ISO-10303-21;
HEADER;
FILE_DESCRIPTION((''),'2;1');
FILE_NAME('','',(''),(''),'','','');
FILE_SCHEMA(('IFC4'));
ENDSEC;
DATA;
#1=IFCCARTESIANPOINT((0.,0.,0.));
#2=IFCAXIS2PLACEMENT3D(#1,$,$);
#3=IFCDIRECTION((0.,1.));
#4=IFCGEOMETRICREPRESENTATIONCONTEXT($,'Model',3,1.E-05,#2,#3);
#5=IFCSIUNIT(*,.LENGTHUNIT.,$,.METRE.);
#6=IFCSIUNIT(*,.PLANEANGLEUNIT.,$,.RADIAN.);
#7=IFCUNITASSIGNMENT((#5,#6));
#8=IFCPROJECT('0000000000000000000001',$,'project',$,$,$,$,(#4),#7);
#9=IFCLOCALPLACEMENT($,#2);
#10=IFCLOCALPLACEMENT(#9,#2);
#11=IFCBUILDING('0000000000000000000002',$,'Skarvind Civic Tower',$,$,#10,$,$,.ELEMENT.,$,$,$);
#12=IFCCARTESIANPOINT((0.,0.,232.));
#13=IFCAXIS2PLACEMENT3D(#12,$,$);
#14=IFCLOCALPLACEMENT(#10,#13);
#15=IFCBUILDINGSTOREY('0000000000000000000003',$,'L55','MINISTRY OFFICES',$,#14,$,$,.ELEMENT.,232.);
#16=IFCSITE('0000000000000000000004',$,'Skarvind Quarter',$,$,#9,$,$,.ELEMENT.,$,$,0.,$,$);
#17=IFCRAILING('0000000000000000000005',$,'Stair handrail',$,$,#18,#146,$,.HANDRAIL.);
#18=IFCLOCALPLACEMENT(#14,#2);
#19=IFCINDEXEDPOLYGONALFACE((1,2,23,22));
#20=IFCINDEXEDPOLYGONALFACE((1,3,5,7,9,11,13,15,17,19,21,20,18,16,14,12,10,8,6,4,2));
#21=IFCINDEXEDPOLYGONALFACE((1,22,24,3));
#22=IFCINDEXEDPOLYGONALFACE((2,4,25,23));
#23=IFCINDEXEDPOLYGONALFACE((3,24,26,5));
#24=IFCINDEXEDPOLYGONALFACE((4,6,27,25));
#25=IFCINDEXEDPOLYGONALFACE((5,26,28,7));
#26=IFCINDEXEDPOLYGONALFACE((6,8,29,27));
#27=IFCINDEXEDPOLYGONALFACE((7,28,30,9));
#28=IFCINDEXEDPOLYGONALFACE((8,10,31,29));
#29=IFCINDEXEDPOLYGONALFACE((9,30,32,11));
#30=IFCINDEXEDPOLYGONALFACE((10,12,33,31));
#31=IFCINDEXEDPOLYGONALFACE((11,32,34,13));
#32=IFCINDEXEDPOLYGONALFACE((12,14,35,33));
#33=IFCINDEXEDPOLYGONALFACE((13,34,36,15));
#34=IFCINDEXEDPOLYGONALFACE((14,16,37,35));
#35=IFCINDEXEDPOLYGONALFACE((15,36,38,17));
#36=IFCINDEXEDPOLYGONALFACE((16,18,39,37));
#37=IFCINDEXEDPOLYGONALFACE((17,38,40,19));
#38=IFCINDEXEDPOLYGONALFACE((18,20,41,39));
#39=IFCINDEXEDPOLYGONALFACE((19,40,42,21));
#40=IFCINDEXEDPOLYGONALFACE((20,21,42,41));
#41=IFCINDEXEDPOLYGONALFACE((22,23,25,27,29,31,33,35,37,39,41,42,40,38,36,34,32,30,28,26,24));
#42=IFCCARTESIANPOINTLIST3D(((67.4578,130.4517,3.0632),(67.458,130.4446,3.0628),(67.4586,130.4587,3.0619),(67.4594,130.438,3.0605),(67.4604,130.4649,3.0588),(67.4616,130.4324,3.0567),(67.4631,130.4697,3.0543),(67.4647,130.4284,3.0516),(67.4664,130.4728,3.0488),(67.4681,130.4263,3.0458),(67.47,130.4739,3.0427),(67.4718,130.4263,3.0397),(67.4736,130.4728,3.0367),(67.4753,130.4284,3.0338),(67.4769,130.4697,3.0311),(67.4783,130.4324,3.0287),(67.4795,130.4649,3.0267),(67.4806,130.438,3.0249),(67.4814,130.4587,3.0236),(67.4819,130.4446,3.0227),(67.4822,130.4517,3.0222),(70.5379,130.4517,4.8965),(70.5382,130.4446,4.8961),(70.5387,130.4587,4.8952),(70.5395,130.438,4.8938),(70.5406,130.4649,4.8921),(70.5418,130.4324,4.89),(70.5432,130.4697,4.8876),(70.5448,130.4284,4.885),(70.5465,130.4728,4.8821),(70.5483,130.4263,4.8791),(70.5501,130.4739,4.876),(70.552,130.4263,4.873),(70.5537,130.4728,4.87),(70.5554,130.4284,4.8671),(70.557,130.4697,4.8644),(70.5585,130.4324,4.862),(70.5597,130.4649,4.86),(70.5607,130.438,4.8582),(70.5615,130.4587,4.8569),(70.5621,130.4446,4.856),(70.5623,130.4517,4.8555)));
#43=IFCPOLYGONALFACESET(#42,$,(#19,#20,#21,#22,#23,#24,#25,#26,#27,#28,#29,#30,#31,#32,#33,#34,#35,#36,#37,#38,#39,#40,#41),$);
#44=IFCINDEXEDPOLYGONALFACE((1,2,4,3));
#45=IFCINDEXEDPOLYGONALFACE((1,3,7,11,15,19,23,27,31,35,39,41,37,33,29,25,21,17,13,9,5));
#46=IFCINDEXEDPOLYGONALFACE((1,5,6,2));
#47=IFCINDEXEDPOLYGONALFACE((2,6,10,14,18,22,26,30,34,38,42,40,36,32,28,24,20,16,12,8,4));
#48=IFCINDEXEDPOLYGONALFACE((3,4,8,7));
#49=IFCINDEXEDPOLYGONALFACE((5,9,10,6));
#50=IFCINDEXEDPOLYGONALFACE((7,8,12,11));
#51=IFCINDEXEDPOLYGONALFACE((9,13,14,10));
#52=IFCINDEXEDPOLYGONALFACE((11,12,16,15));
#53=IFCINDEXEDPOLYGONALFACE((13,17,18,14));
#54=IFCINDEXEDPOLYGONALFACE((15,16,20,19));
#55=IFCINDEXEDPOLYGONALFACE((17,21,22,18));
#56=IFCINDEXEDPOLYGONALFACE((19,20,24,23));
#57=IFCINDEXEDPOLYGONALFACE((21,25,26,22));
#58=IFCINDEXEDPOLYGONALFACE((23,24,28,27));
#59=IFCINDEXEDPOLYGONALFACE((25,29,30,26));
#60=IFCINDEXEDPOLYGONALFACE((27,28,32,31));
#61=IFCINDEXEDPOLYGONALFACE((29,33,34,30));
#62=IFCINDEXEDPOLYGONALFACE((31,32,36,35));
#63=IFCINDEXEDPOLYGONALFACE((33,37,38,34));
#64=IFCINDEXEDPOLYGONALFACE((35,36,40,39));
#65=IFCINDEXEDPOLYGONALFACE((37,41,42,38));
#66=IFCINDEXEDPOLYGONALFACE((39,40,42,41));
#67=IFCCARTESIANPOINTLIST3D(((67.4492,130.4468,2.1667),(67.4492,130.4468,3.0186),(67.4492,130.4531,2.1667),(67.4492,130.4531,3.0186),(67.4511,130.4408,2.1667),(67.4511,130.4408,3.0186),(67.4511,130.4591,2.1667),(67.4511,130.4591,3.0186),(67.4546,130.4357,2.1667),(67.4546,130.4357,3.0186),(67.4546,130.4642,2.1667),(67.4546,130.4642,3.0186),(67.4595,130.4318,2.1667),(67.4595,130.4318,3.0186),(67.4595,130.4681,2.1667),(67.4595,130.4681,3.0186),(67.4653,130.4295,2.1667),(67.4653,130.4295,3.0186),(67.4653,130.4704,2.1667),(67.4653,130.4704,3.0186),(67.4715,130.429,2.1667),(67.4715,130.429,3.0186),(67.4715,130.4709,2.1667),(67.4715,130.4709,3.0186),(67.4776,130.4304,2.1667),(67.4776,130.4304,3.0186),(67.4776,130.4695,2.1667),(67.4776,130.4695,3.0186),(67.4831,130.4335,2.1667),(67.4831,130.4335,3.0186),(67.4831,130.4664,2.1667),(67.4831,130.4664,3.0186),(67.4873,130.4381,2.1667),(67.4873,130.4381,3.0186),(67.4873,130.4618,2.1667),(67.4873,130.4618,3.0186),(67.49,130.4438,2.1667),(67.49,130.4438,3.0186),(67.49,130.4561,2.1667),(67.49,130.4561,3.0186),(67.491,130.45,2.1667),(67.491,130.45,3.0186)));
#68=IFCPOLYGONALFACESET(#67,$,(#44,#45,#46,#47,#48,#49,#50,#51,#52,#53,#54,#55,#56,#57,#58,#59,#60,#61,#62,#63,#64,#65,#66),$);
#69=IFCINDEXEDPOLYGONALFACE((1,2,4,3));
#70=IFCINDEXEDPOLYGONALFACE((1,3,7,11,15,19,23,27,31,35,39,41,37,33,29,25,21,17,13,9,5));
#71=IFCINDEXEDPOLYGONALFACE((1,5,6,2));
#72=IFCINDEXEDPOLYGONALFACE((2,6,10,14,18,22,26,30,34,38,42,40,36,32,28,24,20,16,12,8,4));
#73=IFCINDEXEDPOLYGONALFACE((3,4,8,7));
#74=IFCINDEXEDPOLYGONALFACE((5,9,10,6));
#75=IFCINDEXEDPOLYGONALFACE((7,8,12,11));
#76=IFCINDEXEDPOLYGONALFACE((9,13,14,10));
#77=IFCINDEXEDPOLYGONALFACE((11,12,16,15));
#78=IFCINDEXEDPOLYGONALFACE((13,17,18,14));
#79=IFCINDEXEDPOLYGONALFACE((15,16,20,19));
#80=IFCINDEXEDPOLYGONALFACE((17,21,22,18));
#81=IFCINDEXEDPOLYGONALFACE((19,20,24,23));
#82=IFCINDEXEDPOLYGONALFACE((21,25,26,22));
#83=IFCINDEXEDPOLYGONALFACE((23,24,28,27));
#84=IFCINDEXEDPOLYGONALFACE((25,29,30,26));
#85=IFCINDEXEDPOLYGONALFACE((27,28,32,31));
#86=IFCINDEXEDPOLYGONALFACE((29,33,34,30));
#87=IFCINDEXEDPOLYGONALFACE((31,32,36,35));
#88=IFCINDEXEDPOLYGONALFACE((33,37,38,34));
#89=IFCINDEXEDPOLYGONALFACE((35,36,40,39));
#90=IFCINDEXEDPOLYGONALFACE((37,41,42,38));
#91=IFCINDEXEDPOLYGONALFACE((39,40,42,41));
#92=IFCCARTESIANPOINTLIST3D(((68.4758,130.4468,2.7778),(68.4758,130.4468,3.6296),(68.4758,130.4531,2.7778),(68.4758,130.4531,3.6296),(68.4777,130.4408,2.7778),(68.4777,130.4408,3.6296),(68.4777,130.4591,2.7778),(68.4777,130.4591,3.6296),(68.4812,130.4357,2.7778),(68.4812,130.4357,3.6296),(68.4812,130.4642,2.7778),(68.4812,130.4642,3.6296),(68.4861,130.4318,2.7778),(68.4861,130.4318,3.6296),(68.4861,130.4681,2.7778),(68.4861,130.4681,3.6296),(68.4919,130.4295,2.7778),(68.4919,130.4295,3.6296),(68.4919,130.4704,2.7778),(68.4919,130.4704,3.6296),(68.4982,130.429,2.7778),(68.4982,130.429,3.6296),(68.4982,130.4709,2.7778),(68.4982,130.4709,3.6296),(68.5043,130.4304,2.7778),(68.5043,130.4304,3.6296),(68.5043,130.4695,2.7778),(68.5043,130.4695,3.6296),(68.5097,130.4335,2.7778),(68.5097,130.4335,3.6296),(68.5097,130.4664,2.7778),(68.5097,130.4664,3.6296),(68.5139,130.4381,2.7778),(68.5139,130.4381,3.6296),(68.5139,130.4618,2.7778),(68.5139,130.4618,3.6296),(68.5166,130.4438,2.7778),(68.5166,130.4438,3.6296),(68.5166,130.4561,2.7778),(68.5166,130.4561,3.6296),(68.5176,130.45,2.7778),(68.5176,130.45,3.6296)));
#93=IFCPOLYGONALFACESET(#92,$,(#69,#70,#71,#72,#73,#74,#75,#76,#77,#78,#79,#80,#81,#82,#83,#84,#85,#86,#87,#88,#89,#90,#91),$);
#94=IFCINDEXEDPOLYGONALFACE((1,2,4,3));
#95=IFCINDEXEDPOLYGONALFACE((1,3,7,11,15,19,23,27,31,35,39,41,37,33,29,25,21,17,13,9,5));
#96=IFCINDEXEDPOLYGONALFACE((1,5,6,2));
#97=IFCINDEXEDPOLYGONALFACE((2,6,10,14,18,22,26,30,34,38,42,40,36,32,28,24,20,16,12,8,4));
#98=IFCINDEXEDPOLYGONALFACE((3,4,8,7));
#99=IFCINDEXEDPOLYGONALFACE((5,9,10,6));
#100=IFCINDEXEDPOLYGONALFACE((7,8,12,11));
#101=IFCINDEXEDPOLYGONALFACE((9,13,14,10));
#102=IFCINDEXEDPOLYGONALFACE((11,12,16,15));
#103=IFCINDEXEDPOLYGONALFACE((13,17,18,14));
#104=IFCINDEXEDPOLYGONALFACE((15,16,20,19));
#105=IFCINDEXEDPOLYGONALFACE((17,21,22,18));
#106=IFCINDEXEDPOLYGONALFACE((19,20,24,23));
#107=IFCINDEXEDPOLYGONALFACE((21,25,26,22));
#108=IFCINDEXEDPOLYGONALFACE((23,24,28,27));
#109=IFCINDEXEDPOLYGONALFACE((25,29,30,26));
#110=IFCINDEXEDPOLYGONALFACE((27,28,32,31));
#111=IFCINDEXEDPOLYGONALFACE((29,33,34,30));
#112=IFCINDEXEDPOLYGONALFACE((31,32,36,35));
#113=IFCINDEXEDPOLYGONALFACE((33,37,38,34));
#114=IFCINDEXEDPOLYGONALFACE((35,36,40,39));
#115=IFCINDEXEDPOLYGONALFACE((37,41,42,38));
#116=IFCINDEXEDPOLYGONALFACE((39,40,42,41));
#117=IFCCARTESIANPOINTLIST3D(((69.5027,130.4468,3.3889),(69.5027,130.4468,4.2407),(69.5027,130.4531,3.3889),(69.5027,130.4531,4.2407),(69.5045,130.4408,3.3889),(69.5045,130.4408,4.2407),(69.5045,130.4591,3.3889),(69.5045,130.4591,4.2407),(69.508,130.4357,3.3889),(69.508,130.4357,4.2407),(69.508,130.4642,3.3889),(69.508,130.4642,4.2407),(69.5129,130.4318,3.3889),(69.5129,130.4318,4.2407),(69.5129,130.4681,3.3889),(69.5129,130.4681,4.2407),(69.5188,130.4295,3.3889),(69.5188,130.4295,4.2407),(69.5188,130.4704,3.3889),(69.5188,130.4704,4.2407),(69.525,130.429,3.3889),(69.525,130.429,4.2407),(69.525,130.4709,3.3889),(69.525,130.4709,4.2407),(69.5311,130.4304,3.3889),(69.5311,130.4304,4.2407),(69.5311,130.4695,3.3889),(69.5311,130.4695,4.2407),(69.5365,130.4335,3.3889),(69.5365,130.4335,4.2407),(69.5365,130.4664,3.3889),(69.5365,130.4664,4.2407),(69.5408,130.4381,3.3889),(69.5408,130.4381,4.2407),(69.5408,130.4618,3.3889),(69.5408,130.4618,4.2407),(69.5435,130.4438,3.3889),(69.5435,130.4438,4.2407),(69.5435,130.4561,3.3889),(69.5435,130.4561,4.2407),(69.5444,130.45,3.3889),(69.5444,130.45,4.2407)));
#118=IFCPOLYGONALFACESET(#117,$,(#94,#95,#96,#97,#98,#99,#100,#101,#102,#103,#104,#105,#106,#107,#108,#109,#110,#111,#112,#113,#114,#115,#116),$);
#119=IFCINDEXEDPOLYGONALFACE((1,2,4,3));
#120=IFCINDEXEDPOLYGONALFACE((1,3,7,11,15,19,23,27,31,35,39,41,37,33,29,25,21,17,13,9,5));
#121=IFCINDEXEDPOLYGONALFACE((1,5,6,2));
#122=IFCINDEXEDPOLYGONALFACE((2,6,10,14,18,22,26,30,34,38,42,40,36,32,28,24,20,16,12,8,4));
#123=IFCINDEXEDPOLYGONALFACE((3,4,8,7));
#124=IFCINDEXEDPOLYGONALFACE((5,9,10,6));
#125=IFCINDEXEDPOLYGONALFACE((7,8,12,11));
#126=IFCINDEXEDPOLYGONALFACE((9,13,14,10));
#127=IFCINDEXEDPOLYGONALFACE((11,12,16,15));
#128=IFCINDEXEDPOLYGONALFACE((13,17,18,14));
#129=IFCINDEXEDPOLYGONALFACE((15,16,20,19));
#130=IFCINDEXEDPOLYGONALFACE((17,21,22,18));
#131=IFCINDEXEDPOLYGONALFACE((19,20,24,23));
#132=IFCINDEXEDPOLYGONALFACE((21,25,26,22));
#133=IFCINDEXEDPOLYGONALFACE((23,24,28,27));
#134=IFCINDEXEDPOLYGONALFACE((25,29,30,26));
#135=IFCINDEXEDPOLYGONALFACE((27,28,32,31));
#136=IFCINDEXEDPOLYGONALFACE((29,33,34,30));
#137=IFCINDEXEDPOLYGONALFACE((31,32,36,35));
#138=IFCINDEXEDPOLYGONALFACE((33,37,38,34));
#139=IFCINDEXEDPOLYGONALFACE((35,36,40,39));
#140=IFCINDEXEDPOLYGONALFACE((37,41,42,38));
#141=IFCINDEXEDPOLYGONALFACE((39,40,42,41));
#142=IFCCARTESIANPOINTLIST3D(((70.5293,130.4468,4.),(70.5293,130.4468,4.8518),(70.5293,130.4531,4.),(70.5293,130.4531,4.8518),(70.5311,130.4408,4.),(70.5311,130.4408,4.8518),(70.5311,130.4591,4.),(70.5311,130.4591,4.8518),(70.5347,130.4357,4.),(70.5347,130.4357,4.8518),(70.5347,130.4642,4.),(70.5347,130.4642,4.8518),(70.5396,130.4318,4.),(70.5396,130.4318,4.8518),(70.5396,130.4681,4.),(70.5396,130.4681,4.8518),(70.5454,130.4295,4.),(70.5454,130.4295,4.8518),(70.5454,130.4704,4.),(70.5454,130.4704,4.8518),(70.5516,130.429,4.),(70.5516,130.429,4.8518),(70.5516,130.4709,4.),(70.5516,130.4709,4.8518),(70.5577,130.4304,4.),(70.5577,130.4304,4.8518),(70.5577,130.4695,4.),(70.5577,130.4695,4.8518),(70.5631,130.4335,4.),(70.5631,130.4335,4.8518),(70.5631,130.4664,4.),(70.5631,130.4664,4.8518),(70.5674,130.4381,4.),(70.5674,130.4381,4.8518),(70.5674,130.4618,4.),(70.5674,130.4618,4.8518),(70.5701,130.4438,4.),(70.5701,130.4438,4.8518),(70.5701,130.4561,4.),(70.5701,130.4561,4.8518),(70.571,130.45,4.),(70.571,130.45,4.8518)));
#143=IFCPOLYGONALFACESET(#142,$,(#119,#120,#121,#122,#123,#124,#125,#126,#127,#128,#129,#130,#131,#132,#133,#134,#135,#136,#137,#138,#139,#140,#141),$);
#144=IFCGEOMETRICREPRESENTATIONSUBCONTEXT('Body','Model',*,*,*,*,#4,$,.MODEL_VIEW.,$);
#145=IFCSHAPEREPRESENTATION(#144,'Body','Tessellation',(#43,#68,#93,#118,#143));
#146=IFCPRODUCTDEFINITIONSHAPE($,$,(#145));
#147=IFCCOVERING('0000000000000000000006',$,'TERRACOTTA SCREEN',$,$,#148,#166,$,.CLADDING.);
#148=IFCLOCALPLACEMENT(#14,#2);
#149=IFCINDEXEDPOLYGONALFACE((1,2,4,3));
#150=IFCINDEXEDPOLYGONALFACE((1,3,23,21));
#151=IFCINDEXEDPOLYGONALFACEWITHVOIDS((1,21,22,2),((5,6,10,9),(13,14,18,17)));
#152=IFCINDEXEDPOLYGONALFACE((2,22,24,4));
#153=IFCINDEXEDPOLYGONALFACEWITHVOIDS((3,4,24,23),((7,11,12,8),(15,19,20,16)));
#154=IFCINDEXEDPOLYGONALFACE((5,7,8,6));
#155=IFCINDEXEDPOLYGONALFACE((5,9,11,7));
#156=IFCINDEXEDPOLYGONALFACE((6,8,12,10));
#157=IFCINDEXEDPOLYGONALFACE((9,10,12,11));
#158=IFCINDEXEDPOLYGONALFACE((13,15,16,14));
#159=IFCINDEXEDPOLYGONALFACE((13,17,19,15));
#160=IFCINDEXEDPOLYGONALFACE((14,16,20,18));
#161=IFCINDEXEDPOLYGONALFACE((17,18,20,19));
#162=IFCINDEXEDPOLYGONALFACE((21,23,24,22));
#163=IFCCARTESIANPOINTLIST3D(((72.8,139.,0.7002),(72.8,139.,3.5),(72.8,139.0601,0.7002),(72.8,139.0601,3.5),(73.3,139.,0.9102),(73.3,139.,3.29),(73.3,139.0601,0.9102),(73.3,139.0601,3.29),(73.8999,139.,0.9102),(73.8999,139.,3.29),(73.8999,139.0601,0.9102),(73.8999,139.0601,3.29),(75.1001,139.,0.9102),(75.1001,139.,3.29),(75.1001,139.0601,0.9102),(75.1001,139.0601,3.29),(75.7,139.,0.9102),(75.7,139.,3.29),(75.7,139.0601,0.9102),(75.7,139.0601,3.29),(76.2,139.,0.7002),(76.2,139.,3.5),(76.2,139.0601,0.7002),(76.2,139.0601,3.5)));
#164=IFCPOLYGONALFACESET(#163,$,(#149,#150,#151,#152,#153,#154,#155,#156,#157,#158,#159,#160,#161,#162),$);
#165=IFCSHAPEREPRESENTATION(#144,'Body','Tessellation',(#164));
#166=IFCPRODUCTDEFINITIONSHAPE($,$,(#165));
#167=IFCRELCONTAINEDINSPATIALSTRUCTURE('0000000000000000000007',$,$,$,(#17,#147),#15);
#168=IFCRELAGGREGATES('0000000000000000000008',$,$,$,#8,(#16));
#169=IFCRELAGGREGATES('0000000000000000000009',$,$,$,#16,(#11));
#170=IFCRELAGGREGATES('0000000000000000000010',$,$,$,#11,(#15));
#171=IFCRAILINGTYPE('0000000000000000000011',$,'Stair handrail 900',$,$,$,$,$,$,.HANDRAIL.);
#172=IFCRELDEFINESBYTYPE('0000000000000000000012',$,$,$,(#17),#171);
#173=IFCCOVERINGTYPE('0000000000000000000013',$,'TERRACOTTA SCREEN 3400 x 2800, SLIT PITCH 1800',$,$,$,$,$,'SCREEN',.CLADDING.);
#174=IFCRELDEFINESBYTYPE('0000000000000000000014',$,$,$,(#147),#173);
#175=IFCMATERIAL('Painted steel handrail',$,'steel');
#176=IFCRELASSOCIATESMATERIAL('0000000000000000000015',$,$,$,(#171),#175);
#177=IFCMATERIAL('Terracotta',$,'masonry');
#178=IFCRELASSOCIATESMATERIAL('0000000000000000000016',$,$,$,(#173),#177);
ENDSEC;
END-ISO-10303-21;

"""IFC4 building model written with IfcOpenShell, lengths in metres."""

from ifc_helpers import new_model, si_unit, direction, frame, origin, origin_2d, place, context, subcontext, project, spatial, polyline, circle, outline, extrude, material, material_profile, profile_set, type_object, element, save


model = new_model("IFC4")

# Units and contexts
model_context = context("Model", 3, precision=1e-05, world=origin(), true_north=direction((0.0, 1.0)))
body_context = subcontext(model_context, "Body", "Model", "MODEL_VIEW")
ifc_project = project(units=[si_unit("LENGTHUNIT", "METRE"), si_unit("PLANEANGLEUNIT", "RADIAN")], contexts=[model_context])

# Site, building, storey
site_placement = place(None, origin())
site = spatial("IfcSite", under=ifc_project, at=site_placement, Name="Skarvind Quarter", CompositionType="ELEMENT", RefElevation=0.0)
building_placement = place(site_placement, origin())
building = spatial("IfcBuilding", under=site, at=building_placement, Name="Skarvind Civic Tower", CompositionType="ELEMENT")
storey_placement = place(building_placement, frame((0.0, 0.0, 232.0)))
storey = spatial("IfcBuildingStorey", under=building, at=storey_placement, Name="L55", Description="MINISTRY OFFICES", CompositionType="ELEMENT", Elevation=232.0)

# Railing
ifc_material_1 = material(Name="Painted steel handrail", Category="steel")
railing_type = type_object("IfcRailingType", Name="Stair handrail 900", PredefinedType="HANDRAIL", material=ifc_material_1)
railing_1_placement = place(storey_placement, frame((67.47, 130.45, 2.1667)))
element("IfcRailing", 1, at=railing_1_placement, inside=storey, type_object=railing_type, Name="Stair handrail", PredefinedType="HANDRAIL", context=body_context, shape_type="SweptSolid", body=[
    extrude(circle(Radius=0.0239, at=origin_2d()), frame((0.0, 0.0, 0.876), z_axis=(0.859309, 0.0, 0.511458), x_axis=(0.0, 1.0, 0.0)), (0.0, 0.0, 1.0), 3.5845),
    extrude(circle(Radius=0.021, at=origin_2d()), origin(), (0.0, 0.0, 1.0), 0.8518),
    extrude(circle(Radius=0.021, at=origin_2d()), frame((1.0266, 0.0, 0.6111)), (0.0, 0.0, 1.0), 0.8518),
    extrude(circle(Radius=0.021, at=origin_2d()), frame((2.0535, 0.0, 1.2222)), (0.0, 0.0, 1.0), 0.8518),
    extrude(circle(Radius=0.021, at=origin_2d()), frame((3.0801, 0.0, 1.8333)), (0.0, 0.0, 1.0), 0.8518),
])

# Covering
ifc_material_2 = material(Name="Terracotta", Category="masonry")
ifc_material_profile_1 = material_profile(ifc_material_2, outline(polyline([(-1.7, -1.3999), (1.7, -1.3999), (1.7, 1.3999), (-1.7, 1.3999), (-1.7, -1.3999)]), holes=[polyline([(-1.2, -1.1899), (-0.6001, -1.1899), (-0.6001, 1.1899), (-1.2, 1.1899), (-1.2, -1.1899)]), polyline([(0.6001, -1.1899), (1.2, -1.1899), (1.2, 1.1899), (0.6001, 1.1899), (0.6001, -1.1899)])]), Name="TERRACOTTA SCREEN 3400 x 2800, SLIT PITCH 1800")
ifc_profile_set_1 = profile_set([ifc_material_profile_1], Name="Terracotta")
covering_type = type_object("IfcCoveringType", Name="TERRACOTTA SCREEN 3400 x 2800, SLIT PITCH 1800", ElementType="SCREEN", PredefinedType="CLADDING", material=ifc_profile_set_1)
covering_placement = place(storey_placement, frame((74.5, 139.0, 2.1001), z_axis=(0.0, 1.0, 0.0), x_axis=(-1.0, 0.0, 0.0)))
element("IfcCovering", 2, at=covering_placement, inside=storey, type_object=covering_type, Name="TERRACOTTA SCREEN", PredefinedType="CLADDING", context=body_context, shape_type="SweptSolid", body=[
    extrude(outline(polyline([(-1.7, -1.3999), (1.7, -1.3999), (1.7, 1.3999), (-1.7, 1.3999), (-1.7, -1.3999)]), holes=[polyline([(-1.2, -1.1899), (-0.6001, -1.1899), (-0.6001, 1.1899), (-1.2, 1.1899), (-1.2, -1.1899)]), polyline([(0.6001, -1.1899), (1.2, -1.1899), (1.2, 1.1899), (0.6001, 1.1899), (0.6001, -1.1899)])]), origin(), (0.0, 0.0, 1.0), 0.0601),
])

save(model, "model.ifc")
